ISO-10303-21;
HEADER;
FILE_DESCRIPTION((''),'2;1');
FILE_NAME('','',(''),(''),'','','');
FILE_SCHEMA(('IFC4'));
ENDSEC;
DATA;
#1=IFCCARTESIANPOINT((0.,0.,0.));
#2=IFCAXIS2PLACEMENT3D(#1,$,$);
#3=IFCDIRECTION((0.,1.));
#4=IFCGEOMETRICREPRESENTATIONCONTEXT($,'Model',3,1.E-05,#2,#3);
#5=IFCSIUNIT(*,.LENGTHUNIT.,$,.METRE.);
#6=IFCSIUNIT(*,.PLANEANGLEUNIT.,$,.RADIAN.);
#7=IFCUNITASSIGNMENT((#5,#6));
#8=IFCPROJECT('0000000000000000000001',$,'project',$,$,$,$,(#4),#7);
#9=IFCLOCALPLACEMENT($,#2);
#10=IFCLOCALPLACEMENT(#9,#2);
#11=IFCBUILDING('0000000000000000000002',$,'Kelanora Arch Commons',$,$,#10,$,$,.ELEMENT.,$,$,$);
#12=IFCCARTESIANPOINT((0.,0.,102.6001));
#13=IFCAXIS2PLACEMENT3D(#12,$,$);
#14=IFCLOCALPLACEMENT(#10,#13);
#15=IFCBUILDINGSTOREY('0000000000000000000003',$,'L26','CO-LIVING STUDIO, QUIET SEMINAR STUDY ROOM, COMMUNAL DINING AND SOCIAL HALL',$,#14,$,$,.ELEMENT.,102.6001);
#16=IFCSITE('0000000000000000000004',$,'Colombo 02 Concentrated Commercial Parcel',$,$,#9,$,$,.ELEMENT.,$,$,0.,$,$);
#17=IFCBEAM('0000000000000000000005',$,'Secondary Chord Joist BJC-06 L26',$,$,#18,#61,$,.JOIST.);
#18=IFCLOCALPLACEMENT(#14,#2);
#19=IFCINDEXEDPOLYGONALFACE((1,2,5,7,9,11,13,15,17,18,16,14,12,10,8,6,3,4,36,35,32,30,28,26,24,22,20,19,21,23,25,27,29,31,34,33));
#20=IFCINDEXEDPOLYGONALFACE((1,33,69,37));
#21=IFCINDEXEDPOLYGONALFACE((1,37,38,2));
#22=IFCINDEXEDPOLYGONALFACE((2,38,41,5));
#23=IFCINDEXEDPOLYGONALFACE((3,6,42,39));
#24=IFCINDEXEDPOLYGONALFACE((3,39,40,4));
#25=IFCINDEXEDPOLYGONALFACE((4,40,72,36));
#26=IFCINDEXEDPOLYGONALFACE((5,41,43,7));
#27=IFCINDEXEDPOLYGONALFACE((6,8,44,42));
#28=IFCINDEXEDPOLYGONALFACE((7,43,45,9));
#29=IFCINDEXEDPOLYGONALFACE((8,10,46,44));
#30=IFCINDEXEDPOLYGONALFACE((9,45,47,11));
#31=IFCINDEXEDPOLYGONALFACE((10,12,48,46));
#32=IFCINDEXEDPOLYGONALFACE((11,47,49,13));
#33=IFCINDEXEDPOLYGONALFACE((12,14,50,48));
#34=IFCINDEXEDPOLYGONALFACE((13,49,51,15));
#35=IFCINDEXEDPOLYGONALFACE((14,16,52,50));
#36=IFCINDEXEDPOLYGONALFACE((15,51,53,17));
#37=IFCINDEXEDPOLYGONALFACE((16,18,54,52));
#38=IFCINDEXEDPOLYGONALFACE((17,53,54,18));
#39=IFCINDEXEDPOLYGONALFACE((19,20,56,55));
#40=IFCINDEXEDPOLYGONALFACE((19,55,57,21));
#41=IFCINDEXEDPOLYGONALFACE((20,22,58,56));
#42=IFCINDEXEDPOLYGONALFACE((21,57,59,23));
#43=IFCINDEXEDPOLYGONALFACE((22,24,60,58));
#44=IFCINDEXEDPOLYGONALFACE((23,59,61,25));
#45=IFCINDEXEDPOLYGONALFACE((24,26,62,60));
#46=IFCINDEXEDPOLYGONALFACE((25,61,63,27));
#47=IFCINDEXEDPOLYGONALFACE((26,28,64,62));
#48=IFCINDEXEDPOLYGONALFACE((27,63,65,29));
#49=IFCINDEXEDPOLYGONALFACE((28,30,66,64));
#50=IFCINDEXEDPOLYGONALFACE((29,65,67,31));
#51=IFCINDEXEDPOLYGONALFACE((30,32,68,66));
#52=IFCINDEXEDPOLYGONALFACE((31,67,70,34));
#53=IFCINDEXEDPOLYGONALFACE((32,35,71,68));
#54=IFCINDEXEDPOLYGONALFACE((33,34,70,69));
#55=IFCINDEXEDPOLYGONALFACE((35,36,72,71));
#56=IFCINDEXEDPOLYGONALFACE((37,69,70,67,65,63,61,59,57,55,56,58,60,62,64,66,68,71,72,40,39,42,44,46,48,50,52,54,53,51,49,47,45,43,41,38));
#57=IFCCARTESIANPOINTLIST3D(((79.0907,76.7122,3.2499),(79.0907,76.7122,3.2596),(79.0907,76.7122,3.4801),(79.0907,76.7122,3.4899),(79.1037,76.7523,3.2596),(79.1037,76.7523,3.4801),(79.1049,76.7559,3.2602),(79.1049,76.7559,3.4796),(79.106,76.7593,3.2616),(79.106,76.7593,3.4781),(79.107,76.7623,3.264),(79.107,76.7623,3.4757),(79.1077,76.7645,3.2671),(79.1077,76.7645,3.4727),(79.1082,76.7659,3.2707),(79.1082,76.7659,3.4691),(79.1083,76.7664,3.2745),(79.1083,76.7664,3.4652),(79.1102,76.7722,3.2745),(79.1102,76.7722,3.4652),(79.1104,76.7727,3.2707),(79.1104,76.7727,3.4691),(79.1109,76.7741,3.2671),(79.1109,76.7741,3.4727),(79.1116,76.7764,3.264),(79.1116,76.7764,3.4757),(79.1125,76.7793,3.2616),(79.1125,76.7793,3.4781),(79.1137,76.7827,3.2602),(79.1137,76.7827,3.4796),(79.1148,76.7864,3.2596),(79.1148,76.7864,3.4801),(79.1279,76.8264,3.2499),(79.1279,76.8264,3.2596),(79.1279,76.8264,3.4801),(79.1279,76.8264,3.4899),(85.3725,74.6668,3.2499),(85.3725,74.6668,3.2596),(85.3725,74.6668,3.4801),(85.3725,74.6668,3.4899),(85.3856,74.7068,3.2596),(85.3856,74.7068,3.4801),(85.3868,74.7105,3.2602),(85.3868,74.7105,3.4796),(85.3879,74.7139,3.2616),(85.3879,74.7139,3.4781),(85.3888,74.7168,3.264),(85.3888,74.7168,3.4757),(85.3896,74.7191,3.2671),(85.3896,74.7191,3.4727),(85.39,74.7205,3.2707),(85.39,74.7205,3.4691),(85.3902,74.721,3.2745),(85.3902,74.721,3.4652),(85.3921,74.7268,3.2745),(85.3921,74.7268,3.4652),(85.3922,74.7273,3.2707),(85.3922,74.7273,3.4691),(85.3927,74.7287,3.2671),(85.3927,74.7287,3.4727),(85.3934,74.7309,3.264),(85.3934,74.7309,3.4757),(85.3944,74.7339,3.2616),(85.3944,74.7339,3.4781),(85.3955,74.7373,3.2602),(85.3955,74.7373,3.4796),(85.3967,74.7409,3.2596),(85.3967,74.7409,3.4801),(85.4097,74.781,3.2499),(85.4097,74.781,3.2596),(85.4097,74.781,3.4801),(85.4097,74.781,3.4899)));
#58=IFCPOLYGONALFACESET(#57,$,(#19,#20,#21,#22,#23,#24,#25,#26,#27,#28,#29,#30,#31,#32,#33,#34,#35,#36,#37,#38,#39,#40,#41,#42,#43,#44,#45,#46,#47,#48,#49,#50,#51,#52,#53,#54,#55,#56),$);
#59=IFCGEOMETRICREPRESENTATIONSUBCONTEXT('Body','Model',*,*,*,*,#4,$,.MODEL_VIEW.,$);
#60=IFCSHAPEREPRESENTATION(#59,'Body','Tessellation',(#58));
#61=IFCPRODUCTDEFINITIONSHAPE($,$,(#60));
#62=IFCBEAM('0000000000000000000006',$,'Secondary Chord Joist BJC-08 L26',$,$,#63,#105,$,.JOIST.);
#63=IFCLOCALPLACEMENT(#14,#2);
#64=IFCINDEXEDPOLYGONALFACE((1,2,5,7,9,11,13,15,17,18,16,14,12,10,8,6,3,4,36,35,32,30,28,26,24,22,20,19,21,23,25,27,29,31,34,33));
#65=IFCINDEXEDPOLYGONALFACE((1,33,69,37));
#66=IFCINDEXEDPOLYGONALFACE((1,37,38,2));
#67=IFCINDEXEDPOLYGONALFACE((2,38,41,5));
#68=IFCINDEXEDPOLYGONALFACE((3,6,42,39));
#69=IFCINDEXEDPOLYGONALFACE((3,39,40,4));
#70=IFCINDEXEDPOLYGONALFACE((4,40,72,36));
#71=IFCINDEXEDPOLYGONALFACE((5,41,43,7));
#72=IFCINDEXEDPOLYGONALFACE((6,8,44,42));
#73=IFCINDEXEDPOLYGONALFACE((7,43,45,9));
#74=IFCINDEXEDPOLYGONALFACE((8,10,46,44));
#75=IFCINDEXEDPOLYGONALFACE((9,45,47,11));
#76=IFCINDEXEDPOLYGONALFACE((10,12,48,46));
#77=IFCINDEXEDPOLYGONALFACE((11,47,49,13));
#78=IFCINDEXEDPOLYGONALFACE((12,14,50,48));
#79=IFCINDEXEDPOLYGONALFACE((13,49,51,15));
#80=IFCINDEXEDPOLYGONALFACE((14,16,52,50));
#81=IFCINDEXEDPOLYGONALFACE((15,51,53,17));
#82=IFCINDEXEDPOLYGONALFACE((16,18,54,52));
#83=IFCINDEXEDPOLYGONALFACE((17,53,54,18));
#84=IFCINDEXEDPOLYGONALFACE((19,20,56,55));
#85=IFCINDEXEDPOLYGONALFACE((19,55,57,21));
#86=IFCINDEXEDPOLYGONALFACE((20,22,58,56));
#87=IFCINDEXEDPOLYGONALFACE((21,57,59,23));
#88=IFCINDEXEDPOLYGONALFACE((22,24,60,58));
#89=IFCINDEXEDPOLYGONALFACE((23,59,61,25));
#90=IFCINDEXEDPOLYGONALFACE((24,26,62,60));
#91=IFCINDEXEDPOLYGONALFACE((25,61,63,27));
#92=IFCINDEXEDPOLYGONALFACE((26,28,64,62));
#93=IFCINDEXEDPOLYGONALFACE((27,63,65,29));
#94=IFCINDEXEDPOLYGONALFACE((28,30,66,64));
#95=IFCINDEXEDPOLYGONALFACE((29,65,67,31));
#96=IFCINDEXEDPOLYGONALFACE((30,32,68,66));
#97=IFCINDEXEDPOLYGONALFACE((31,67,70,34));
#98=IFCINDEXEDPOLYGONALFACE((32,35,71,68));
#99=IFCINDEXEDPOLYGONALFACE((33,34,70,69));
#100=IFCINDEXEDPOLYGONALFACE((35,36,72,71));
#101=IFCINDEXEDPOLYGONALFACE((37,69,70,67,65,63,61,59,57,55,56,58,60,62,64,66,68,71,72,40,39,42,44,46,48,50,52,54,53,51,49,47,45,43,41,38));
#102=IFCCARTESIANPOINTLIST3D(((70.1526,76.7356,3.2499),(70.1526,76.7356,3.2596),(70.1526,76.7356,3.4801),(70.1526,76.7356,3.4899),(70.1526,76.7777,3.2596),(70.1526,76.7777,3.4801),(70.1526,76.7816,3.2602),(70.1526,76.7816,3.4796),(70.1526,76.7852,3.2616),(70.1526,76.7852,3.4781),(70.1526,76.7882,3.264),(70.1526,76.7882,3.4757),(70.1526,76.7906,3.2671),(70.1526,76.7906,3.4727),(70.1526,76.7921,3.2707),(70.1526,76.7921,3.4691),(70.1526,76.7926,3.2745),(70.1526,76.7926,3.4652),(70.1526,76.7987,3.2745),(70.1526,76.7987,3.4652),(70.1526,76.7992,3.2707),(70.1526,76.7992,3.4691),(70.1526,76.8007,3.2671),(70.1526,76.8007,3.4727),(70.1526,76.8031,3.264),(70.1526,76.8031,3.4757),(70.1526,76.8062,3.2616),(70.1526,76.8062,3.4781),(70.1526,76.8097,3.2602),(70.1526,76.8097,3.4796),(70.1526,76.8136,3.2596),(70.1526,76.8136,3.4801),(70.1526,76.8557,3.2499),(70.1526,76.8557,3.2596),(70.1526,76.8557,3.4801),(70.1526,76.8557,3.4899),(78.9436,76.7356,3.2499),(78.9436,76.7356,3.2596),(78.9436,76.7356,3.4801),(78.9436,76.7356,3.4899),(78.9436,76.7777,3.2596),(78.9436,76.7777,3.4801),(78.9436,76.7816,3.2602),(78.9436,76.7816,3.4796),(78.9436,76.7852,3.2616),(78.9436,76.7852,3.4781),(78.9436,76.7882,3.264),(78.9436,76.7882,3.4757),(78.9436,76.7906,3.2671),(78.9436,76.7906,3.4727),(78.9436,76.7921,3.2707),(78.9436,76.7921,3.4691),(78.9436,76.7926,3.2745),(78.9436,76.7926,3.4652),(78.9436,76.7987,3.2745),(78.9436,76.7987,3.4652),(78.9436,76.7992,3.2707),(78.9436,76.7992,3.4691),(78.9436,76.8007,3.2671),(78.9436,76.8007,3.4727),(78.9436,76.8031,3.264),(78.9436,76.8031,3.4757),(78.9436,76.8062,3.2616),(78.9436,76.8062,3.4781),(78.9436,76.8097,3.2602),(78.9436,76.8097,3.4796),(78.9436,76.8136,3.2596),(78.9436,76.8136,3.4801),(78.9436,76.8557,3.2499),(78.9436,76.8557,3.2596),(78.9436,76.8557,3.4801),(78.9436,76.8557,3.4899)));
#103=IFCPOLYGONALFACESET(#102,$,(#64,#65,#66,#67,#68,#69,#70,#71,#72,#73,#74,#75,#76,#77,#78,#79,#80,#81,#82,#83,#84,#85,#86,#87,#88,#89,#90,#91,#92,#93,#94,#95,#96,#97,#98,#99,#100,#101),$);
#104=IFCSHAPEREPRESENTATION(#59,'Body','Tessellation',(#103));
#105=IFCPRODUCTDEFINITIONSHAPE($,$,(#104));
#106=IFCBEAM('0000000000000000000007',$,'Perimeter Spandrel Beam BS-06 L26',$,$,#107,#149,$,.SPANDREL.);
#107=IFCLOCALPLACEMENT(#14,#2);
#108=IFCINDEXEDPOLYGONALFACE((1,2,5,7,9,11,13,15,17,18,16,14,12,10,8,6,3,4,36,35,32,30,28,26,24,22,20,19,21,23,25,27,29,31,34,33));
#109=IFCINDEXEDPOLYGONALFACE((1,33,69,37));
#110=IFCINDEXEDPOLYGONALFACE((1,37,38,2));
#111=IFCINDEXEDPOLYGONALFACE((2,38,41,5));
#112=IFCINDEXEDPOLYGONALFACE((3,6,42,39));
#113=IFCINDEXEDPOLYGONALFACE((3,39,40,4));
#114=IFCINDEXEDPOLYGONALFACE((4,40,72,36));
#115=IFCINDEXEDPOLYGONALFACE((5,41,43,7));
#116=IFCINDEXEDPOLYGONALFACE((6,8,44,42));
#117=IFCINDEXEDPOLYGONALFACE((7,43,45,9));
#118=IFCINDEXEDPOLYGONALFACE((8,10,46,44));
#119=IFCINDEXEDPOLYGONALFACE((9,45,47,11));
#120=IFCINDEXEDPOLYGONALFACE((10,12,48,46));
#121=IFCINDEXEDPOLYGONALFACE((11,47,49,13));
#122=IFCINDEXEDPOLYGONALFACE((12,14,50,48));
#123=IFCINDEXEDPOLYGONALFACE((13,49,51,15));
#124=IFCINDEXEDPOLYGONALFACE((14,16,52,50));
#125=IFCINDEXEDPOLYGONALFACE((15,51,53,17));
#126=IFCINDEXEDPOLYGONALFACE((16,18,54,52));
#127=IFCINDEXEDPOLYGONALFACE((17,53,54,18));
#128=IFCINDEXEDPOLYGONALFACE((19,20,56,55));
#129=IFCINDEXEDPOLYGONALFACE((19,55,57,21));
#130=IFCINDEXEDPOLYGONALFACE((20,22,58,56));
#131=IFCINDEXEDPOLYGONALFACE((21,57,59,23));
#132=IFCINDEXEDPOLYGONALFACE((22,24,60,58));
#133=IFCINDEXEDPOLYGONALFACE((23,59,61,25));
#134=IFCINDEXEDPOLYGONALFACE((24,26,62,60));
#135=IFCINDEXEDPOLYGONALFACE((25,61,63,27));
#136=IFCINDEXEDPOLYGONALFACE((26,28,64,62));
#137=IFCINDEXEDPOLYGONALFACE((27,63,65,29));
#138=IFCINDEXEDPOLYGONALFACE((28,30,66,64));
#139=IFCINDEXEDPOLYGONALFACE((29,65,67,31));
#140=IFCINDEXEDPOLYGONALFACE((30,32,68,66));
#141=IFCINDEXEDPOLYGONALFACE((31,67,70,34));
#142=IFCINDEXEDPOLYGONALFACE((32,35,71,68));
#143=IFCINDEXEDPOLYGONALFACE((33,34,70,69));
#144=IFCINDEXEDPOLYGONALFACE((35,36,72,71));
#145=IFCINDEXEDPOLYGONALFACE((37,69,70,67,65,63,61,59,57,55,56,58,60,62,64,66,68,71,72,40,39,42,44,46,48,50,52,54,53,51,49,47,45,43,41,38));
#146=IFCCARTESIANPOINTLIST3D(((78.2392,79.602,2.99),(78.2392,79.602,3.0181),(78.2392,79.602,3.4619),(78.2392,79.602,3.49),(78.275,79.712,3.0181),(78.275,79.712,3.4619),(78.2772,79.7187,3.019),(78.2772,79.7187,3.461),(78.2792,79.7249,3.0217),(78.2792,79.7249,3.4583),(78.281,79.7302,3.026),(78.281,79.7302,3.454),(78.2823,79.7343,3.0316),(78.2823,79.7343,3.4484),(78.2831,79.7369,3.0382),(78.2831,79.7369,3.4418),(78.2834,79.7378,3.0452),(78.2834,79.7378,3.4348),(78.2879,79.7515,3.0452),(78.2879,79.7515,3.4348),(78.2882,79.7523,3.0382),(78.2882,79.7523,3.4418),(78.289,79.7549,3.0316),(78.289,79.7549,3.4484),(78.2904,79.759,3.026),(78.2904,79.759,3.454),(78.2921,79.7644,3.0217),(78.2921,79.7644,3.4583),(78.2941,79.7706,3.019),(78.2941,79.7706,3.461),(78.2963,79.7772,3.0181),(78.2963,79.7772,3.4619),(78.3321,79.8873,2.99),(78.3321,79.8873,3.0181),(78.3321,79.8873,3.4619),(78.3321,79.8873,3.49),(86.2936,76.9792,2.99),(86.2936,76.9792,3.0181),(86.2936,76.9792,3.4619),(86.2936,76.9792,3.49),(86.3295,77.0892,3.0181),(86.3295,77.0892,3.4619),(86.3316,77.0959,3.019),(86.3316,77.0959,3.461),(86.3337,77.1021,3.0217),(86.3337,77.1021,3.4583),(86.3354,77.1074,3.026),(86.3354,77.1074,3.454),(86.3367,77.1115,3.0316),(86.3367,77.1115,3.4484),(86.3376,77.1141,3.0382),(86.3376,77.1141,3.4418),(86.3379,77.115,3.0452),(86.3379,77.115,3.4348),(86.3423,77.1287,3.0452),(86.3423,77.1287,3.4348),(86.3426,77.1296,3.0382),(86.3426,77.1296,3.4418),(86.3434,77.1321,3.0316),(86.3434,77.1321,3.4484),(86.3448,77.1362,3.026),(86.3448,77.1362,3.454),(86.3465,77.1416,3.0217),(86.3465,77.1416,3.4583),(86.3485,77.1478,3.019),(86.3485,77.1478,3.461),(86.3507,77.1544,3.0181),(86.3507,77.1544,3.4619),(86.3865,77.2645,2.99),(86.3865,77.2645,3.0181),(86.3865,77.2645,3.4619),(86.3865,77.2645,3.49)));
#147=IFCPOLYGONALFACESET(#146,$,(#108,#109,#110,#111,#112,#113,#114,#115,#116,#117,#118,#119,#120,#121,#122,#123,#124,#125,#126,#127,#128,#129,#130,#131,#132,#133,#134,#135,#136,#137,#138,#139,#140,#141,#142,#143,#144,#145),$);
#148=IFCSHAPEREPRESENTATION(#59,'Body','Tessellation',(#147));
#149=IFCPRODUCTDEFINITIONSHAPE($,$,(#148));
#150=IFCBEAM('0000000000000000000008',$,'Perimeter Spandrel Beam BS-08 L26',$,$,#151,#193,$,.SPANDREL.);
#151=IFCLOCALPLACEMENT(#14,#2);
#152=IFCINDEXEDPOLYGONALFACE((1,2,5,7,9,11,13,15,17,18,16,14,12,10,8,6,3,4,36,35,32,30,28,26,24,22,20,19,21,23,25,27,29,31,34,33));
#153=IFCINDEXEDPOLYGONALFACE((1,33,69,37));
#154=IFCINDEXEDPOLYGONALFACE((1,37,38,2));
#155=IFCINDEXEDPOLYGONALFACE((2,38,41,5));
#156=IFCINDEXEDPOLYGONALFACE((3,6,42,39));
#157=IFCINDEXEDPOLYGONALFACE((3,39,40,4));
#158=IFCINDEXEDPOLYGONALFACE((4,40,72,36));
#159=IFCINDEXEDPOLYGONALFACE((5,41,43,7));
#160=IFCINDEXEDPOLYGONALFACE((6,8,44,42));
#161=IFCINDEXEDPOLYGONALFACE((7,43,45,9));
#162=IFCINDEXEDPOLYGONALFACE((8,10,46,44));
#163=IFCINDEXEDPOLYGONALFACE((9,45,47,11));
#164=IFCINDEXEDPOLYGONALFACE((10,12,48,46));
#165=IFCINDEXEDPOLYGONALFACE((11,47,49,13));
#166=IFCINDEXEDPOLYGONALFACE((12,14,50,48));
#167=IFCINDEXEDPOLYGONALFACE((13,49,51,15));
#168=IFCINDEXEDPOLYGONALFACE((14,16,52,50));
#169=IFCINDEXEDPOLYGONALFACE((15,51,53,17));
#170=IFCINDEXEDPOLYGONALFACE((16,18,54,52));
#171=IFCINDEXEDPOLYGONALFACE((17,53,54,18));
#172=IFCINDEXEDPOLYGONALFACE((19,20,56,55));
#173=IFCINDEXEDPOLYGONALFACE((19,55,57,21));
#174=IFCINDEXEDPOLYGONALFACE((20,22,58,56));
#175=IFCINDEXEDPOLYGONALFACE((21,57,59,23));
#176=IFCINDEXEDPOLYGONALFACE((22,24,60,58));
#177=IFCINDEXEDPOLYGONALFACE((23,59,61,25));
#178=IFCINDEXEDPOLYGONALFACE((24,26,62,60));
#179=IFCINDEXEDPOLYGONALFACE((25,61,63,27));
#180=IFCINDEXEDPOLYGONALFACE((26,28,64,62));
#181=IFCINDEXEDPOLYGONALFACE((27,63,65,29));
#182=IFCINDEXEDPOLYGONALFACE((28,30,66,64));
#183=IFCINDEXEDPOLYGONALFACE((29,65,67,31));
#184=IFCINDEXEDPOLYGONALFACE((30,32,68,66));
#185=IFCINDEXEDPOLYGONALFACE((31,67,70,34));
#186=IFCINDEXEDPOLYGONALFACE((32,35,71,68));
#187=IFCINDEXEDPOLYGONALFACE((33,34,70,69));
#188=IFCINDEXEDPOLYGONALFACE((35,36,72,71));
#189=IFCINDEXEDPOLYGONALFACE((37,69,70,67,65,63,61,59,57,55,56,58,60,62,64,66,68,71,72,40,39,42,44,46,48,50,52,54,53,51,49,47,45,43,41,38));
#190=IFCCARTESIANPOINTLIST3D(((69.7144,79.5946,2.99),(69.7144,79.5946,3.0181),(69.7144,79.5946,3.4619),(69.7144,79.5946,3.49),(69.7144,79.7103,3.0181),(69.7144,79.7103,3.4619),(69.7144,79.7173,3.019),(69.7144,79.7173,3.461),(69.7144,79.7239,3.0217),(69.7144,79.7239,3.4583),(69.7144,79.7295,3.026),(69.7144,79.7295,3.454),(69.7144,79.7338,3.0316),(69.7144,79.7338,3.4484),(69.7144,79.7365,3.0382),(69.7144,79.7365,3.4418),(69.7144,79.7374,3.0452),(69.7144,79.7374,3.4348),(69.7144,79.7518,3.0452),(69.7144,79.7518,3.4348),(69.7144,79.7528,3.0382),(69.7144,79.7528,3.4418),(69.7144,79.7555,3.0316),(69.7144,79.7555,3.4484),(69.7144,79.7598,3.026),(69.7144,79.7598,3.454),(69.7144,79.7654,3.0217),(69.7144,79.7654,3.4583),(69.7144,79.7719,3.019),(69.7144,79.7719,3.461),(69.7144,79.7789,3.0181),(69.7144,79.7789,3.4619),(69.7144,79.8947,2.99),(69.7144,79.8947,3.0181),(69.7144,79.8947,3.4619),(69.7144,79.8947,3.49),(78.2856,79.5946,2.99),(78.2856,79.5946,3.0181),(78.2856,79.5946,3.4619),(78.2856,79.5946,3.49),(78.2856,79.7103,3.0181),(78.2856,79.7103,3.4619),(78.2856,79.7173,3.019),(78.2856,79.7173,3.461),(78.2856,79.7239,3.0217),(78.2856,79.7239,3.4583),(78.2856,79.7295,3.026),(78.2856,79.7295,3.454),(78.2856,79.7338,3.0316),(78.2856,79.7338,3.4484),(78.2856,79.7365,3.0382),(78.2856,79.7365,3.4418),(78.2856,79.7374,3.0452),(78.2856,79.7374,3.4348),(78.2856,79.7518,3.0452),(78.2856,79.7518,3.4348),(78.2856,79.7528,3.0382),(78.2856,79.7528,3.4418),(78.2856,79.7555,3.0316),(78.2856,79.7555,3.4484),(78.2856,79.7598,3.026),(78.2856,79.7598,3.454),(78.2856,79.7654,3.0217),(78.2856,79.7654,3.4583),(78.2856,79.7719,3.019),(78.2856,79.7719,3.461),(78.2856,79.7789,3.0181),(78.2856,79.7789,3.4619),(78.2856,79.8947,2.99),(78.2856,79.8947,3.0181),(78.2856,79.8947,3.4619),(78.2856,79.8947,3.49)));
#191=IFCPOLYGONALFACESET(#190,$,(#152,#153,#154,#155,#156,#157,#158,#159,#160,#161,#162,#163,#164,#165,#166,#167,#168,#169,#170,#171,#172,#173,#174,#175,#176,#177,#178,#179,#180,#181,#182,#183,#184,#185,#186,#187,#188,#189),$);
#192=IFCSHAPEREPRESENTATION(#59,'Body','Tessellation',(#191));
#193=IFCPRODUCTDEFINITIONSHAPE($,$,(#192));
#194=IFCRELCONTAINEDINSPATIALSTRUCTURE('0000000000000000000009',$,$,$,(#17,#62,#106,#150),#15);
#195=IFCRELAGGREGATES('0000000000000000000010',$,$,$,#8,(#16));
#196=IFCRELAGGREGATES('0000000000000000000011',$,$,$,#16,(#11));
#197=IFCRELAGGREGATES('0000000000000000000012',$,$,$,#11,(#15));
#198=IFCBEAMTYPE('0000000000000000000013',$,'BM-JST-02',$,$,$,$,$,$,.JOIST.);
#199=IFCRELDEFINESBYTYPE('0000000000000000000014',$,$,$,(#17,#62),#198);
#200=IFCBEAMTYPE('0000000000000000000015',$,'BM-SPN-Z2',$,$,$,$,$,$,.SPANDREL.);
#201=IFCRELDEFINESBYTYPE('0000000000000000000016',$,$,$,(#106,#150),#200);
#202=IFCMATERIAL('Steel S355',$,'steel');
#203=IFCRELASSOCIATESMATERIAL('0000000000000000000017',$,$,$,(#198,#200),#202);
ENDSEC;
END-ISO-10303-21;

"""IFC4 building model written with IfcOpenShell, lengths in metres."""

from ifc_helpers import new_model, si_unit, direction, frame, origin, origin_2d, place, context, subcontext, project, spatial, i_section, extrude, material, material_profile, profile_set, type_object, element, save


model = new_model("IFC4")

# Units and contexts
model_context = context("Model", 3, precision=1e-05, world=origin(), true_north=direction((0.0, 1.0)))
body_context = subcontext(model_context, "Body", "Model", "MODEL_VIEW")
ifc_project = project(units=[si_unit("LENGTHUNIT", "METRE"), si_unit("PLANEANGLEUNIT", "RADIAN")], contexts=[model_context])

# Site, building, storey
site_placement = place(None, origin())
site = spatial("IfcSite", under=ifc_project, at=site_placement, Name="Colombo 02 Concentrated Commercial Parcel", CompositionType="ELEMENT", RefElevation=0.0)
building_placement = place(site_placement, origin())
building = spatial("IfcBuilding", under=site, at=building_placement, Name="Kelanora Arch Commons", CompositionType="ELEMENT")
storey_placement = place(building_placement, frame((0.0, 0.0, 102.6001)))
storey = spatial("IfcBuildingStorey", under=building, at=storey_placement, Name="L26", Description="CO-LIVING STUDIO, QUIET SEMINAR STUDY ROOM, COMMUNAL DINING AND SOCIAL HALL", CompositionType="ELEMENT", Elevation=102.6001)

# Beams
ifc_material_1 = material(Name="Steel S355", Category="steel")
ifc_material_profile_1 = material_profile(ifc_material_1, i_section(OverallWidth=0.1201, OverallDepth=0.24, WebThickness=0.0061, FlangeThickness=0.0098, FilletRadius=0.0149, at=origin_2d()), Name="IPE240")
ifc_profile_set_1 = profile_set([ifc_material_profile_1], Name="Steel S355")
beam_type_1 = type_object("IfcBeamType", Name="BM-JST-02", PredefinedType="JOIST", material=ifc_profile_set_1)
beam_1_placement = place(storey_placement, frame((85.3911, 74.7239, 3.3699), z_axis=(-0.950863, 0.309612, 0.0), x_axis=(-0.309612, -0.950863, 0.0)))
element("IfcBeam", 1, at=beam_1_placement, inside=storey, type_object=beam_type_1, Name="Secondary Chord Joist BJC-06 L26", PredefinedType="JOIST", context=body_context, shape_type="SweptSolid", body=[
    extrude(i_section(OverallWidth=0.1201, OverallDepth=0.24, WebThickness=0.0061, FlangeThickness=0.0098, FilletRadius=0.0149, at=origin_2d()), origin(), (0.0, 0.0, 1.0), 6.6064),
])
beam_2_placement = place(storey_placement, frame((78.9436, 76.7957, 3.3699), z_axis=(-1.0, 0.0, 0.0), x_axis=(0.0, -1.0, 0.0)))
element("IfcBeam", 2, at=beam_2_placement, inside=storey, type_object=beam_type_1, Name="Secondary Chord Joist BJC-08 L26", PredefinedType="JOIST", context=body_context, shape_type="SweptSolid", body=[
    extrude(i_section(OverallWidth=0.1201, OverallDepth=0.24, WebThickness=0.0061, FlangeThickness=0.0098, FilletRadius=0.0149, at=origin_2d()), origin(), (0.0, 0.0, 1.0), 8.791),
])
ifc_material_profile_2 = material_profile(ifc_material_1, i_section(OverallWidth=0.3, OverallDepth=0.5, WebThickness=0.0144, FlangeThickness=0.0281, FilletRadius=0.0271, at=origin_2d()), Name="HEB500")
ifc_profile_set_2 = profile_set([ifc_material_profile_2], Name="Steel S355")
beam_type_2 = type_object("IfcBeamType", Name="BM-SPN-Z2", PredefinedType="SPANDREL", material=ifc_profile_set_2)
beam_3_placement = place(storey_placement, frame((86.3401, 77.1218, 3.24), z_axis=(-0.950857, 0.309631, 0.0), x_axis=(-0.309631, -0.950857, 0.0)))
element("IfcBeam", 3, at=beam_3_placement, inside=storey, type_object=beam_type_2, Name="Perimeter Spandrel Beam BS-06 L26", PredefinedType="SPANDREL", context=body_context, shape_type="SweptSolid", body=[
    extrude(i_section(OverallWidth=0.3, OverallDepth=0.5, WebThickness=0.0144, FlangeThickness=0.0281, FilletRadius=0.0271, at=origin_2d()), origin(), (0.0, 0.0, 1.0), 8.4707),
])
beam_4_placement = place(storey_placement, frame((78.2856, 79.7446, 3.24), z_axis=(-1.0, 0.0, 0.0), x_axis=(0.0, -1.0, 0.0)))
element("IfcBeam", 4, at=beam_4_placement, inside=storey, type_object=beam_type_2, Name="Perimeter Spandrel Beam BS-08 L26", PredefinedType="SPANDREL", context=body_context, shape_type="SweptSolid", body=[
    extrude(i_section(OverallWidth=0.3, OverallDepth=0.5, WebThickness=0.0144, FlangeThickness=0.0281, FilletRadius=0.0271, at=origin_2d()), origin(), (0.0, 0.0, 1.0), 8.5713),
])

save(model, "model.ifc")
